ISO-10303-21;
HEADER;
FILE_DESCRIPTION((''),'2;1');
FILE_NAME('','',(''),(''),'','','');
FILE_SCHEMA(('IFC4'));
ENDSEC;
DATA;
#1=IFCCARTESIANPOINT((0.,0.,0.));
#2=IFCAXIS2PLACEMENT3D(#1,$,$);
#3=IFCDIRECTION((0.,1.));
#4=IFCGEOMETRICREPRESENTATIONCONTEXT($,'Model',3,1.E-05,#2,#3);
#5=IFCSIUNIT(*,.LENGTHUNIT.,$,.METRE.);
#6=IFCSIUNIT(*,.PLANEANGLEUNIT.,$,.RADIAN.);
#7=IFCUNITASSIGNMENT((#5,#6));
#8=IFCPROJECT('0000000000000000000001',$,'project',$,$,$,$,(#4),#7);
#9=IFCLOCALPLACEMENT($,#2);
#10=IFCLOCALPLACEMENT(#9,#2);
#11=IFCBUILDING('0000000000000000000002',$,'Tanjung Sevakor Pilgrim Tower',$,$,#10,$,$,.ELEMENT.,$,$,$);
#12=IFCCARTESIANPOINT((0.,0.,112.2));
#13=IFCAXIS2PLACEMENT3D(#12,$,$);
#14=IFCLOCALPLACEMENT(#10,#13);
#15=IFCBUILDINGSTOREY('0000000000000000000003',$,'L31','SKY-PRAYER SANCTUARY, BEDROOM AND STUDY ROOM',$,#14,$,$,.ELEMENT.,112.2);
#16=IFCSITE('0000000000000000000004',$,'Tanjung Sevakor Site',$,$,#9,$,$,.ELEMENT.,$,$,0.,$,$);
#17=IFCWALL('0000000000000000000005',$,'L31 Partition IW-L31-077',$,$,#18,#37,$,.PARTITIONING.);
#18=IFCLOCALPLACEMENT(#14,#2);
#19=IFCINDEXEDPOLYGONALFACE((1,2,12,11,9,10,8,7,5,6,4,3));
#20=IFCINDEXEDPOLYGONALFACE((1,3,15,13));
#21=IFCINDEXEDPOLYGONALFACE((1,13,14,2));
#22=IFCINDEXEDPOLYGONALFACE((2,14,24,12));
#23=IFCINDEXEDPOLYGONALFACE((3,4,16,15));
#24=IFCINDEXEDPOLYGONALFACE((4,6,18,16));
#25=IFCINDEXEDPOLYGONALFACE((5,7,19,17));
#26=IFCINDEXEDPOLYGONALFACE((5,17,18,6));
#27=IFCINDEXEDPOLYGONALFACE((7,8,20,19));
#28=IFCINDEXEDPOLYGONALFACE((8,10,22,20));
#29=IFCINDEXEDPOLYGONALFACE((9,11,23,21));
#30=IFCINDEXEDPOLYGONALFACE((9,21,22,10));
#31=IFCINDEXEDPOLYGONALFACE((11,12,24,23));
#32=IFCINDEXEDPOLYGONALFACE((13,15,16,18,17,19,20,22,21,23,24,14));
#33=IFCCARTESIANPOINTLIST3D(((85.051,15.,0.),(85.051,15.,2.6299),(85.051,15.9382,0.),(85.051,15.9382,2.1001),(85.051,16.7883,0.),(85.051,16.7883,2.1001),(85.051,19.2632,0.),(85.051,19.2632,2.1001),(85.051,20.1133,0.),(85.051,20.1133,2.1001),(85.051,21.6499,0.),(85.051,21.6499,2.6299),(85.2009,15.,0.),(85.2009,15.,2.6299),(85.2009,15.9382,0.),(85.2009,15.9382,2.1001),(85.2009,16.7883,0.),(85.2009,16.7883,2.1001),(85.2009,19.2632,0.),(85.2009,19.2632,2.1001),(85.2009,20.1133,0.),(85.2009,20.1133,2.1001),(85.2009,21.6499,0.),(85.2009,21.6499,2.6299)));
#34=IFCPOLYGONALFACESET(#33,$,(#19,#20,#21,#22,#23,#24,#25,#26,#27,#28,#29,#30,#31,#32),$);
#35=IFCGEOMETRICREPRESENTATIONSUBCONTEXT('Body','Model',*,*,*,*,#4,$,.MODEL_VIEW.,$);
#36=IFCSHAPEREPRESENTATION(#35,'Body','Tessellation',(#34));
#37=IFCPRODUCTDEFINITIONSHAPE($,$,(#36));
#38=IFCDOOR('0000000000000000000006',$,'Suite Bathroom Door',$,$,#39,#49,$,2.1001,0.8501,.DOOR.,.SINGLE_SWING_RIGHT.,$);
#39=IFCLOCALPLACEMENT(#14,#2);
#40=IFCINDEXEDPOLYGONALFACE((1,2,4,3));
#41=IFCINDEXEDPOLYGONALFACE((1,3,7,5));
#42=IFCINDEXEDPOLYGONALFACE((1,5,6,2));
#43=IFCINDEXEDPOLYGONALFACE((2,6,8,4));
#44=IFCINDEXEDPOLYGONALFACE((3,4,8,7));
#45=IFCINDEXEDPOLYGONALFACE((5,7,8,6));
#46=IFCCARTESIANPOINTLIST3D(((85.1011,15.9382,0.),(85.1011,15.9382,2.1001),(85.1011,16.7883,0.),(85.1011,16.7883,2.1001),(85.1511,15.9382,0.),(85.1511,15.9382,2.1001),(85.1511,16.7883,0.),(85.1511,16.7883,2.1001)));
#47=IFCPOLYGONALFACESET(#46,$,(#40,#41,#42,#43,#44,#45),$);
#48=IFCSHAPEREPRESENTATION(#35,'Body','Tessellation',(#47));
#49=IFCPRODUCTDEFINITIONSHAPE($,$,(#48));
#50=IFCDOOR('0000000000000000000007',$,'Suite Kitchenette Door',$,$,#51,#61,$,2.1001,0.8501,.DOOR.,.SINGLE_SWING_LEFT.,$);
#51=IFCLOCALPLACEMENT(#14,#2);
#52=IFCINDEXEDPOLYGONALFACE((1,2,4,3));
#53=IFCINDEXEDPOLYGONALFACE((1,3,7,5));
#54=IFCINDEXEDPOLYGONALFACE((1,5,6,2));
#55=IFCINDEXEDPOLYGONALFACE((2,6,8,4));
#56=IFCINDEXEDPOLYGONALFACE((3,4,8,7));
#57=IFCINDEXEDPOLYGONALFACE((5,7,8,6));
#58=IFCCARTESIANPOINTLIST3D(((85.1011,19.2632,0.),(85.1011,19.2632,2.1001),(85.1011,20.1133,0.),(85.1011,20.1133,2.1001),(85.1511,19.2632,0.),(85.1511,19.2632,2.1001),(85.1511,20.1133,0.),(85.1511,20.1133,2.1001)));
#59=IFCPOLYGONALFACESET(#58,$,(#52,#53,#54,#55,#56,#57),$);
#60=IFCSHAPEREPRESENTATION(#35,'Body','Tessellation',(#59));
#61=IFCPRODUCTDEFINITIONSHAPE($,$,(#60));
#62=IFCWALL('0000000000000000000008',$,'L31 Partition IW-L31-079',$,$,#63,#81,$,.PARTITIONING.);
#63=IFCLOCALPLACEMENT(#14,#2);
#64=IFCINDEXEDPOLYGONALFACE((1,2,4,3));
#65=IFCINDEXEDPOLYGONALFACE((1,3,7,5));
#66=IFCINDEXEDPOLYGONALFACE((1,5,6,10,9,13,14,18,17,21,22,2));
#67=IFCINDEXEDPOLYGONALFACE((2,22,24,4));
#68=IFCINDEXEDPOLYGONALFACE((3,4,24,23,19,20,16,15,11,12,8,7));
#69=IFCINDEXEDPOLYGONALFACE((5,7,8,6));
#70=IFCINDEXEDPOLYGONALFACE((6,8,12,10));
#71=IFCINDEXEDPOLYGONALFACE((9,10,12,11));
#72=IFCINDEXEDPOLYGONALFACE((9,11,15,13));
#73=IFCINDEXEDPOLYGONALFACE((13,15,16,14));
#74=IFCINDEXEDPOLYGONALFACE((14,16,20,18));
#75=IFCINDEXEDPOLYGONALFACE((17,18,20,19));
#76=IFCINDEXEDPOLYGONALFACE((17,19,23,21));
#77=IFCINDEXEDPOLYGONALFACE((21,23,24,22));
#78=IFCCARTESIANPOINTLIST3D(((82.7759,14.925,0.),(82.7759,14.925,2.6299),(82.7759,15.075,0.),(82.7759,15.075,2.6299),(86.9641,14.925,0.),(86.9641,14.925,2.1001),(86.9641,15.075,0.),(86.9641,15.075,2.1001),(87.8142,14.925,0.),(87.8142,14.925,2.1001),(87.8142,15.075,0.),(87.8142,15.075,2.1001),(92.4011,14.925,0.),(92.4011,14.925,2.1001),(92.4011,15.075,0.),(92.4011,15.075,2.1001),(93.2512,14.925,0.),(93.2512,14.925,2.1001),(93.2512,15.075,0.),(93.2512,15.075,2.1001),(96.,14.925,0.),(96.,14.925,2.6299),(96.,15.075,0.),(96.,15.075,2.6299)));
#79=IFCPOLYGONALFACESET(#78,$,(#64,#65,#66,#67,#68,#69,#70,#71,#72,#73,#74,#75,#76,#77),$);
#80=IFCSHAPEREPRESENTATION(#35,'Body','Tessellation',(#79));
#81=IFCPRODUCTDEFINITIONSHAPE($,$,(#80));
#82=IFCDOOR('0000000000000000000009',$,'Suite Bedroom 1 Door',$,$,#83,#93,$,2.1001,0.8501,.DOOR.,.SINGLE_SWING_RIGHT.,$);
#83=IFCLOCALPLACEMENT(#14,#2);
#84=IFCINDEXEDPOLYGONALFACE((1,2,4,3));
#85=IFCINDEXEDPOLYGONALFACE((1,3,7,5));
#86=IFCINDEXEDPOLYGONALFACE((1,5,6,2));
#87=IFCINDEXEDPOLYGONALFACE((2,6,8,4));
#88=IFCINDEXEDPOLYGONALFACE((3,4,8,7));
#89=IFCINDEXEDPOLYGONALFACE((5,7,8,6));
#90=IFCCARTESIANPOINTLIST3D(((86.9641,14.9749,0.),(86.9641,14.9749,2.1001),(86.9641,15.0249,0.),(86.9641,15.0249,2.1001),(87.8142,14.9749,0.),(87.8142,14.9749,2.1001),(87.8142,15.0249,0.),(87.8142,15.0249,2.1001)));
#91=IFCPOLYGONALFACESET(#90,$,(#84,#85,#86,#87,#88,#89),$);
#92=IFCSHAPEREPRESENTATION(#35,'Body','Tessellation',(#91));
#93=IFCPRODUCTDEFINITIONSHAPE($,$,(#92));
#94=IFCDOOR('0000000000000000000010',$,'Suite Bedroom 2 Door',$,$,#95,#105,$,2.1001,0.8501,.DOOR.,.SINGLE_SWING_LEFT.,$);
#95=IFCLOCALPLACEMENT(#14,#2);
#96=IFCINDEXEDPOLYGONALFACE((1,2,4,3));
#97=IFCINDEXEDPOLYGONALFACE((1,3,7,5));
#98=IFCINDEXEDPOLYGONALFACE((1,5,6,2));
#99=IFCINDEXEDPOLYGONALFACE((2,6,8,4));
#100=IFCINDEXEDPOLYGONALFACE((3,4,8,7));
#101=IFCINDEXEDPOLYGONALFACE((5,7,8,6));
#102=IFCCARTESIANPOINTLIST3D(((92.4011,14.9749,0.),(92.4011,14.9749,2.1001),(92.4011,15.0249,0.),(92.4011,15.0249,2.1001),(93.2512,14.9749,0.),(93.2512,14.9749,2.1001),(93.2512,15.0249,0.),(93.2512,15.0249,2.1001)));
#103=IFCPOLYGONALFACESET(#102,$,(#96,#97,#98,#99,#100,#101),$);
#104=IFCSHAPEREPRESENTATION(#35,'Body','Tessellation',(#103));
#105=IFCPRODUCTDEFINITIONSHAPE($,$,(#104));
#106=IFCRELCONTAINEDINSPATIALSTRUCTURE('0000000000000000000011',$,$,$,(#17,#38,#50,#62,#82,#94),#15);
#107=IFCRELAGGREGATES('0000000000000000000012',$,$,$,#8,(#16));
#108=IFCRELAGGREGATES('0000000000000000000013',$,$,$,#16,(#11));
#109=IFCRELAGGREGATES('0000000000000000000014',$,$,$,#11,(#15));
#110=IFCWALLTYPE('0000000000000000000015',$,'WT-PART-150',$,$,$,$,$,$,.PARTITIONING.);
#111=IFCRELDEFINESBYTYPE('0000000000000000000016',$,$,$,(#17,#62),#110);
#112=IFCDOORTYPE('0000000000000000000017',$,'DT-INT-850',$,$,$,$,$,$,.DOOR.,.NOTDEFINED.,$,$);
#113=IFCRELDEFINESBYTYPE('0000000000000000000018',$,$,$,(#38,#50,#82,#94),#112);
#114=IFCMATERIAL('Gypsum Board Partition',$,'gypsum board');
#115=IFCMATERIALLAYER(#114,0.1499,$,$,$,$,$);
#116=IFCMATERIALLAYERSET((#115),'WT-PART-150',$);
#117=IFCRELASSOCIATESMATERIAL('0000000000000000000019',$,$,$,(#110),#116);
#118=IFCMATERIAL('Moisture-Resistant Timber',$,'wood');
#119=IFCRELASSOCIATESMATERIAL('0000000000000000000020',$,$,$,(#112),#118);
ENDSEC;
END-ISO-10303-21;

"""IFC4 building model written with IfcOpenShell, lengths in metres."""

from ifc_helpers import new_model, si_unit, direction, frame, frame_2d, origin, place, context, subcontext, project, spatial, rectangle, extrude, material, layer, layer_set, type_object, element, fill, save


model = new_model("IFC4")

# Units and contexts
model_context = context("Model", 3, precision=1e-05, world=origin(), true_north=direction((0.0, 1.0)))
body_context = subcontext(model_context, "Body", "Model", "MODEL_VIEW")
ifc_project = project(units=[si_unit("LENGTHUNIT", "METRE"), si_unit("PLANEANGLEUNIT", "RADIAN")], contexts=[model_context])

# Site, building, storey
site_placement = place(None, origin())
site = spatial("IfcSite", under=ifc_project, at=site_placement, Name="Tanjung Sevakor Site", CompositionType="ELEMENT", RefElevation=0.0)
building_placement = place(site_placement, origin())
building = spatial("IfcBuilding", under=site, at=building_placement, Name="Tanjung Sevakor Pilgrim Tower", CompositionType="ELEMENT")
storey_placement = place(building_placement, frame((0.0, 0.0, 112.2)))
storey = spatial("IfcBuildingStorey", under=building, at=storey_placement, Name="L31", Description="SKY-PRAYER SANCTUARY, BEDROOM AND STUDY ROOM", CompositionType="ELEMENT", Elevation=112.2)

# Shared definitions
ifc_material_1 = material(Name="Gypsum Board Partition", Category="gypsum board")
ifc_layer_1 = layer(ifc_material_1, 0.1499)
ifc_layer_set_1 = layer_set([ifc_layer_1], Name="WT-PART-150")
wall_type_1 = type_object("IfcWallType", Name="WT-PART-150", PredefinedType="PARTITIONING", material=ifc_layer_set_1)
ifc_material_2 = material(Name="Moisture-Resistant Timber", Category="wood")
door_type_1 = type_object("IfcDoorType", Name="DT-INT-850", OperationType="NOTDEFINED", PredefinedType="DOOR", material=ifc_material_2)

# Walls, openings, doors
wall_1_placement = place(storey_placement, frame((85.126, 15.0, 0.0), z_axis=(0.0, 0.0, 1.0), x_axis=(0.0, 1.0, 0.0)))
wall_1 = element("IfcWall", 1, at=wall_1_placement, inside=storey, type_object=wall_type_1, Name="L31 Partition IW-L31-077", PredefinedType="PARTITIONING", context=body_context, shape_type="SweptSolid", body=[
    extrude(rectangle(XDim=6.6499, YDim=0.1499, at=frame_2d((3.325, 0.0))), origin(), (0.0, 0.0, 1.0), 2.6299),
])
opening_1_placement = place(wall_1_placement, frame((0.9382, 0.0, 0.0)))
opening_1 = element("IfcOpeningElement", 2, at=opening_1_placement, cuts=wall_1, PredefinedType="OPENING", context=body_context, shape_type="SweptSolid", body=[
    extrude(rectangle(XDim=0.8501, YDim=2.1001, at=frame_2d((0.425, 1.05))), frame((0.0, 0.085, 0.0), z_axis=(0.0, -1.0, 0.0), x_axis=(1.0, 0.0, 0.0)), (0.0, 0.0, 1.0), 0.1699),
])
opening_2_placement = place(wall_1_placement, frame((4.2632, 0.0, 0.0)))
opening_2 = element("IfcOpeningElement", 3, at=opening_2_placement, cuts=wall_1, PredefinedType="OPENING", context=body_context, shape_type="SweptSolid", body=[
    extrude(rectangle(XDim=0.8501, YDim=2.1001, at=frame_2d((0.425, 1.05))), frame((0.0, 0.085, 0.0), z_axis=(0.0, -1.0, 0.0), x_axis=(1.0, 0.0, 0.0)), (0.0, 0.0, 1.0), 0.1699),
])
door_1_placement = place(opening_1_placement, origin())
door_1 = element("IfcDoor", 4, at=door_1_placement, inside=storey, type_object=door_type_1, Name="Suite Bathroom Door", OperationType="SINGLE_SWING_RIGHT", OverallHeight=2.1001, OverallWidth=0.8501, PredefinedType="DOOR", context=body_context, shape_type="SweptSolid", body=[
    extrude(rectangle(XDim=0.8501, YDim=2.1001, at=frame_2d((0.425, 1.05))), frame((0.0, 0.0249, 0.0), z_axis=(0.0, -1.0, 0.0), x_axis=(1.0, 0.0, 0.0)), (0.0, 0.0, 1.0), 0.05),
])
fill(opening_1, door_1)
door_2_placement = place(opening_2_placement, origin())
door_2 = element("IfcDoor", 5, at=door_2_placement, inside=storey, type_object=door_type_1, Name="Suite Kitchenette Door", OperationType="SINGLE_SWING_LEFT", OverallHeight=2.1001, OverallWidth=0.8501, PredefinedType="DOOR", context=body_context, shape_type="SweptSolid", body=[
    extrude(rectangle(XDim=0.8501, YDim=2.1001, at=frame_2d((0.425, 1.05))), frame((0.0, 0.0249, 0.0), z_axis=(0.0, -1.0, 0.0), x_axis=(1.0, 0.0, 0.0)), (0.0, 0.0, 1.0), 0.05),
])
fill(opening_2, door_2)
wall_2_placement = place(storey_placement, frame((82.7759, 15.0, 0.0), z_axis=(0.0, 0.0, 1.0), x_axis=(1.0, 0.0, 0.0)))
wall_2 = element("IfcWall", 6, at=wall_2_placement, inside=storey, type_object=wall_type_1, Name="L31 Partition IW-L31-079", PredefinedType="PARTITIONING", context=body_context, shape_type="SweptSolid", body=[
    extrude(rectangle(XDim=13.2241, YDim=0.1499, at=frame_2d((6.6121, 0.0))), origin(), (0.0, 0.0, 1.0), 2.6299),
])
opening_3_placement = place(wall_2_placement, frame((4.1882, 0.0, 0.0)))
opening_3 = element("IfcOpeningElement", 7, at=opening_3_placement, cuts=wall_2, PredefinedType="OPENING", context=body_context, shape_type="SweptSolid", body=[
    extrude(rectangle(XDim=0.8501, YDim=2.1001, at=frame_2d((0.425, 1.05))), frame((0.0, 0.085, 0.0), z_axis=(0.0, -1.0, 0.0), x_axis=(1.0, 0.0, 0.0)), (0.0, 0.0, 1.0), 0.1699),
])
opening_4_placement = place(wall_2_placement, frame((9.6252, 0.0, 0.0)))
opening_4 = element("IfcOpeningElement", 8, at=opening_4_placement, cuts=wall_2, PredefinedType="OPENING", context=body_context, shape_type="SweptSolid", body=[
    extrude(rectangle(XDim=0.8501, YDim=2.1001, at=frame_2d((0.425, 1.05))), frame((0.0, 0.085, 0.0), z_axis=(0.0, -1.0, 0.0), x_axis=(1.0, 0.0, 0.0)), (0.0, 0.0, 1.0), 0.1699),
])
door_3_placement = place(opening_3_placement, origin())
door_3 = element("IfcDoor", 9, at=door_3_placement, inside=storey, type_object=door_type_1, Name="Suite Bedroom 1 Door", OperationType="SINGLE_SWING_RIGHT", OverallHeight=2.1001, OverallWidth=0.8501, PredefinedType="DOOR", context=body_context, shape_type="SweptSolid", body=[
    extrude(rectangle(XDim=0.8501, YDim=2.1001, at=frame_2d((0.425, 1.05))), frame((0.0, 0.0249, 0.0), z_axis=(0.0, -1.0, 0.0), x_axis=(1.0, 0.0, 0.0)), (0.0, 0.0, 1.0), 0.05),
])
fill(opening_3, door_3)
door_4_placement = place(opening_4_placement, origin())
door_4 = element("IfcDoor", 10, at=door_4_placement, inside=storey, type_object=door_type_1, Name="Suite Bedroom 2 Door", OperationType="SINGLE_SWING_LEFT", OverallHeight=2.1001, OverallWidth=0.8501, PredefinedType="DOOR", context=body_context, shape_type="SweptSolid", body=[
    extrude(rectangle(XDim=0.8501, YDim=2.1001, at=frame_2d((0.425, 1.05))), frame((0.0, 0.0249, 0.0), z_axis=(0.0, -1.0, 0.0), x_axis=(1.0, 0.0, 0.0)), (0.0, 0.0, 1.0), 0.05),
])
fill(opening_4, door_4)

save(model, "model.ifc")
